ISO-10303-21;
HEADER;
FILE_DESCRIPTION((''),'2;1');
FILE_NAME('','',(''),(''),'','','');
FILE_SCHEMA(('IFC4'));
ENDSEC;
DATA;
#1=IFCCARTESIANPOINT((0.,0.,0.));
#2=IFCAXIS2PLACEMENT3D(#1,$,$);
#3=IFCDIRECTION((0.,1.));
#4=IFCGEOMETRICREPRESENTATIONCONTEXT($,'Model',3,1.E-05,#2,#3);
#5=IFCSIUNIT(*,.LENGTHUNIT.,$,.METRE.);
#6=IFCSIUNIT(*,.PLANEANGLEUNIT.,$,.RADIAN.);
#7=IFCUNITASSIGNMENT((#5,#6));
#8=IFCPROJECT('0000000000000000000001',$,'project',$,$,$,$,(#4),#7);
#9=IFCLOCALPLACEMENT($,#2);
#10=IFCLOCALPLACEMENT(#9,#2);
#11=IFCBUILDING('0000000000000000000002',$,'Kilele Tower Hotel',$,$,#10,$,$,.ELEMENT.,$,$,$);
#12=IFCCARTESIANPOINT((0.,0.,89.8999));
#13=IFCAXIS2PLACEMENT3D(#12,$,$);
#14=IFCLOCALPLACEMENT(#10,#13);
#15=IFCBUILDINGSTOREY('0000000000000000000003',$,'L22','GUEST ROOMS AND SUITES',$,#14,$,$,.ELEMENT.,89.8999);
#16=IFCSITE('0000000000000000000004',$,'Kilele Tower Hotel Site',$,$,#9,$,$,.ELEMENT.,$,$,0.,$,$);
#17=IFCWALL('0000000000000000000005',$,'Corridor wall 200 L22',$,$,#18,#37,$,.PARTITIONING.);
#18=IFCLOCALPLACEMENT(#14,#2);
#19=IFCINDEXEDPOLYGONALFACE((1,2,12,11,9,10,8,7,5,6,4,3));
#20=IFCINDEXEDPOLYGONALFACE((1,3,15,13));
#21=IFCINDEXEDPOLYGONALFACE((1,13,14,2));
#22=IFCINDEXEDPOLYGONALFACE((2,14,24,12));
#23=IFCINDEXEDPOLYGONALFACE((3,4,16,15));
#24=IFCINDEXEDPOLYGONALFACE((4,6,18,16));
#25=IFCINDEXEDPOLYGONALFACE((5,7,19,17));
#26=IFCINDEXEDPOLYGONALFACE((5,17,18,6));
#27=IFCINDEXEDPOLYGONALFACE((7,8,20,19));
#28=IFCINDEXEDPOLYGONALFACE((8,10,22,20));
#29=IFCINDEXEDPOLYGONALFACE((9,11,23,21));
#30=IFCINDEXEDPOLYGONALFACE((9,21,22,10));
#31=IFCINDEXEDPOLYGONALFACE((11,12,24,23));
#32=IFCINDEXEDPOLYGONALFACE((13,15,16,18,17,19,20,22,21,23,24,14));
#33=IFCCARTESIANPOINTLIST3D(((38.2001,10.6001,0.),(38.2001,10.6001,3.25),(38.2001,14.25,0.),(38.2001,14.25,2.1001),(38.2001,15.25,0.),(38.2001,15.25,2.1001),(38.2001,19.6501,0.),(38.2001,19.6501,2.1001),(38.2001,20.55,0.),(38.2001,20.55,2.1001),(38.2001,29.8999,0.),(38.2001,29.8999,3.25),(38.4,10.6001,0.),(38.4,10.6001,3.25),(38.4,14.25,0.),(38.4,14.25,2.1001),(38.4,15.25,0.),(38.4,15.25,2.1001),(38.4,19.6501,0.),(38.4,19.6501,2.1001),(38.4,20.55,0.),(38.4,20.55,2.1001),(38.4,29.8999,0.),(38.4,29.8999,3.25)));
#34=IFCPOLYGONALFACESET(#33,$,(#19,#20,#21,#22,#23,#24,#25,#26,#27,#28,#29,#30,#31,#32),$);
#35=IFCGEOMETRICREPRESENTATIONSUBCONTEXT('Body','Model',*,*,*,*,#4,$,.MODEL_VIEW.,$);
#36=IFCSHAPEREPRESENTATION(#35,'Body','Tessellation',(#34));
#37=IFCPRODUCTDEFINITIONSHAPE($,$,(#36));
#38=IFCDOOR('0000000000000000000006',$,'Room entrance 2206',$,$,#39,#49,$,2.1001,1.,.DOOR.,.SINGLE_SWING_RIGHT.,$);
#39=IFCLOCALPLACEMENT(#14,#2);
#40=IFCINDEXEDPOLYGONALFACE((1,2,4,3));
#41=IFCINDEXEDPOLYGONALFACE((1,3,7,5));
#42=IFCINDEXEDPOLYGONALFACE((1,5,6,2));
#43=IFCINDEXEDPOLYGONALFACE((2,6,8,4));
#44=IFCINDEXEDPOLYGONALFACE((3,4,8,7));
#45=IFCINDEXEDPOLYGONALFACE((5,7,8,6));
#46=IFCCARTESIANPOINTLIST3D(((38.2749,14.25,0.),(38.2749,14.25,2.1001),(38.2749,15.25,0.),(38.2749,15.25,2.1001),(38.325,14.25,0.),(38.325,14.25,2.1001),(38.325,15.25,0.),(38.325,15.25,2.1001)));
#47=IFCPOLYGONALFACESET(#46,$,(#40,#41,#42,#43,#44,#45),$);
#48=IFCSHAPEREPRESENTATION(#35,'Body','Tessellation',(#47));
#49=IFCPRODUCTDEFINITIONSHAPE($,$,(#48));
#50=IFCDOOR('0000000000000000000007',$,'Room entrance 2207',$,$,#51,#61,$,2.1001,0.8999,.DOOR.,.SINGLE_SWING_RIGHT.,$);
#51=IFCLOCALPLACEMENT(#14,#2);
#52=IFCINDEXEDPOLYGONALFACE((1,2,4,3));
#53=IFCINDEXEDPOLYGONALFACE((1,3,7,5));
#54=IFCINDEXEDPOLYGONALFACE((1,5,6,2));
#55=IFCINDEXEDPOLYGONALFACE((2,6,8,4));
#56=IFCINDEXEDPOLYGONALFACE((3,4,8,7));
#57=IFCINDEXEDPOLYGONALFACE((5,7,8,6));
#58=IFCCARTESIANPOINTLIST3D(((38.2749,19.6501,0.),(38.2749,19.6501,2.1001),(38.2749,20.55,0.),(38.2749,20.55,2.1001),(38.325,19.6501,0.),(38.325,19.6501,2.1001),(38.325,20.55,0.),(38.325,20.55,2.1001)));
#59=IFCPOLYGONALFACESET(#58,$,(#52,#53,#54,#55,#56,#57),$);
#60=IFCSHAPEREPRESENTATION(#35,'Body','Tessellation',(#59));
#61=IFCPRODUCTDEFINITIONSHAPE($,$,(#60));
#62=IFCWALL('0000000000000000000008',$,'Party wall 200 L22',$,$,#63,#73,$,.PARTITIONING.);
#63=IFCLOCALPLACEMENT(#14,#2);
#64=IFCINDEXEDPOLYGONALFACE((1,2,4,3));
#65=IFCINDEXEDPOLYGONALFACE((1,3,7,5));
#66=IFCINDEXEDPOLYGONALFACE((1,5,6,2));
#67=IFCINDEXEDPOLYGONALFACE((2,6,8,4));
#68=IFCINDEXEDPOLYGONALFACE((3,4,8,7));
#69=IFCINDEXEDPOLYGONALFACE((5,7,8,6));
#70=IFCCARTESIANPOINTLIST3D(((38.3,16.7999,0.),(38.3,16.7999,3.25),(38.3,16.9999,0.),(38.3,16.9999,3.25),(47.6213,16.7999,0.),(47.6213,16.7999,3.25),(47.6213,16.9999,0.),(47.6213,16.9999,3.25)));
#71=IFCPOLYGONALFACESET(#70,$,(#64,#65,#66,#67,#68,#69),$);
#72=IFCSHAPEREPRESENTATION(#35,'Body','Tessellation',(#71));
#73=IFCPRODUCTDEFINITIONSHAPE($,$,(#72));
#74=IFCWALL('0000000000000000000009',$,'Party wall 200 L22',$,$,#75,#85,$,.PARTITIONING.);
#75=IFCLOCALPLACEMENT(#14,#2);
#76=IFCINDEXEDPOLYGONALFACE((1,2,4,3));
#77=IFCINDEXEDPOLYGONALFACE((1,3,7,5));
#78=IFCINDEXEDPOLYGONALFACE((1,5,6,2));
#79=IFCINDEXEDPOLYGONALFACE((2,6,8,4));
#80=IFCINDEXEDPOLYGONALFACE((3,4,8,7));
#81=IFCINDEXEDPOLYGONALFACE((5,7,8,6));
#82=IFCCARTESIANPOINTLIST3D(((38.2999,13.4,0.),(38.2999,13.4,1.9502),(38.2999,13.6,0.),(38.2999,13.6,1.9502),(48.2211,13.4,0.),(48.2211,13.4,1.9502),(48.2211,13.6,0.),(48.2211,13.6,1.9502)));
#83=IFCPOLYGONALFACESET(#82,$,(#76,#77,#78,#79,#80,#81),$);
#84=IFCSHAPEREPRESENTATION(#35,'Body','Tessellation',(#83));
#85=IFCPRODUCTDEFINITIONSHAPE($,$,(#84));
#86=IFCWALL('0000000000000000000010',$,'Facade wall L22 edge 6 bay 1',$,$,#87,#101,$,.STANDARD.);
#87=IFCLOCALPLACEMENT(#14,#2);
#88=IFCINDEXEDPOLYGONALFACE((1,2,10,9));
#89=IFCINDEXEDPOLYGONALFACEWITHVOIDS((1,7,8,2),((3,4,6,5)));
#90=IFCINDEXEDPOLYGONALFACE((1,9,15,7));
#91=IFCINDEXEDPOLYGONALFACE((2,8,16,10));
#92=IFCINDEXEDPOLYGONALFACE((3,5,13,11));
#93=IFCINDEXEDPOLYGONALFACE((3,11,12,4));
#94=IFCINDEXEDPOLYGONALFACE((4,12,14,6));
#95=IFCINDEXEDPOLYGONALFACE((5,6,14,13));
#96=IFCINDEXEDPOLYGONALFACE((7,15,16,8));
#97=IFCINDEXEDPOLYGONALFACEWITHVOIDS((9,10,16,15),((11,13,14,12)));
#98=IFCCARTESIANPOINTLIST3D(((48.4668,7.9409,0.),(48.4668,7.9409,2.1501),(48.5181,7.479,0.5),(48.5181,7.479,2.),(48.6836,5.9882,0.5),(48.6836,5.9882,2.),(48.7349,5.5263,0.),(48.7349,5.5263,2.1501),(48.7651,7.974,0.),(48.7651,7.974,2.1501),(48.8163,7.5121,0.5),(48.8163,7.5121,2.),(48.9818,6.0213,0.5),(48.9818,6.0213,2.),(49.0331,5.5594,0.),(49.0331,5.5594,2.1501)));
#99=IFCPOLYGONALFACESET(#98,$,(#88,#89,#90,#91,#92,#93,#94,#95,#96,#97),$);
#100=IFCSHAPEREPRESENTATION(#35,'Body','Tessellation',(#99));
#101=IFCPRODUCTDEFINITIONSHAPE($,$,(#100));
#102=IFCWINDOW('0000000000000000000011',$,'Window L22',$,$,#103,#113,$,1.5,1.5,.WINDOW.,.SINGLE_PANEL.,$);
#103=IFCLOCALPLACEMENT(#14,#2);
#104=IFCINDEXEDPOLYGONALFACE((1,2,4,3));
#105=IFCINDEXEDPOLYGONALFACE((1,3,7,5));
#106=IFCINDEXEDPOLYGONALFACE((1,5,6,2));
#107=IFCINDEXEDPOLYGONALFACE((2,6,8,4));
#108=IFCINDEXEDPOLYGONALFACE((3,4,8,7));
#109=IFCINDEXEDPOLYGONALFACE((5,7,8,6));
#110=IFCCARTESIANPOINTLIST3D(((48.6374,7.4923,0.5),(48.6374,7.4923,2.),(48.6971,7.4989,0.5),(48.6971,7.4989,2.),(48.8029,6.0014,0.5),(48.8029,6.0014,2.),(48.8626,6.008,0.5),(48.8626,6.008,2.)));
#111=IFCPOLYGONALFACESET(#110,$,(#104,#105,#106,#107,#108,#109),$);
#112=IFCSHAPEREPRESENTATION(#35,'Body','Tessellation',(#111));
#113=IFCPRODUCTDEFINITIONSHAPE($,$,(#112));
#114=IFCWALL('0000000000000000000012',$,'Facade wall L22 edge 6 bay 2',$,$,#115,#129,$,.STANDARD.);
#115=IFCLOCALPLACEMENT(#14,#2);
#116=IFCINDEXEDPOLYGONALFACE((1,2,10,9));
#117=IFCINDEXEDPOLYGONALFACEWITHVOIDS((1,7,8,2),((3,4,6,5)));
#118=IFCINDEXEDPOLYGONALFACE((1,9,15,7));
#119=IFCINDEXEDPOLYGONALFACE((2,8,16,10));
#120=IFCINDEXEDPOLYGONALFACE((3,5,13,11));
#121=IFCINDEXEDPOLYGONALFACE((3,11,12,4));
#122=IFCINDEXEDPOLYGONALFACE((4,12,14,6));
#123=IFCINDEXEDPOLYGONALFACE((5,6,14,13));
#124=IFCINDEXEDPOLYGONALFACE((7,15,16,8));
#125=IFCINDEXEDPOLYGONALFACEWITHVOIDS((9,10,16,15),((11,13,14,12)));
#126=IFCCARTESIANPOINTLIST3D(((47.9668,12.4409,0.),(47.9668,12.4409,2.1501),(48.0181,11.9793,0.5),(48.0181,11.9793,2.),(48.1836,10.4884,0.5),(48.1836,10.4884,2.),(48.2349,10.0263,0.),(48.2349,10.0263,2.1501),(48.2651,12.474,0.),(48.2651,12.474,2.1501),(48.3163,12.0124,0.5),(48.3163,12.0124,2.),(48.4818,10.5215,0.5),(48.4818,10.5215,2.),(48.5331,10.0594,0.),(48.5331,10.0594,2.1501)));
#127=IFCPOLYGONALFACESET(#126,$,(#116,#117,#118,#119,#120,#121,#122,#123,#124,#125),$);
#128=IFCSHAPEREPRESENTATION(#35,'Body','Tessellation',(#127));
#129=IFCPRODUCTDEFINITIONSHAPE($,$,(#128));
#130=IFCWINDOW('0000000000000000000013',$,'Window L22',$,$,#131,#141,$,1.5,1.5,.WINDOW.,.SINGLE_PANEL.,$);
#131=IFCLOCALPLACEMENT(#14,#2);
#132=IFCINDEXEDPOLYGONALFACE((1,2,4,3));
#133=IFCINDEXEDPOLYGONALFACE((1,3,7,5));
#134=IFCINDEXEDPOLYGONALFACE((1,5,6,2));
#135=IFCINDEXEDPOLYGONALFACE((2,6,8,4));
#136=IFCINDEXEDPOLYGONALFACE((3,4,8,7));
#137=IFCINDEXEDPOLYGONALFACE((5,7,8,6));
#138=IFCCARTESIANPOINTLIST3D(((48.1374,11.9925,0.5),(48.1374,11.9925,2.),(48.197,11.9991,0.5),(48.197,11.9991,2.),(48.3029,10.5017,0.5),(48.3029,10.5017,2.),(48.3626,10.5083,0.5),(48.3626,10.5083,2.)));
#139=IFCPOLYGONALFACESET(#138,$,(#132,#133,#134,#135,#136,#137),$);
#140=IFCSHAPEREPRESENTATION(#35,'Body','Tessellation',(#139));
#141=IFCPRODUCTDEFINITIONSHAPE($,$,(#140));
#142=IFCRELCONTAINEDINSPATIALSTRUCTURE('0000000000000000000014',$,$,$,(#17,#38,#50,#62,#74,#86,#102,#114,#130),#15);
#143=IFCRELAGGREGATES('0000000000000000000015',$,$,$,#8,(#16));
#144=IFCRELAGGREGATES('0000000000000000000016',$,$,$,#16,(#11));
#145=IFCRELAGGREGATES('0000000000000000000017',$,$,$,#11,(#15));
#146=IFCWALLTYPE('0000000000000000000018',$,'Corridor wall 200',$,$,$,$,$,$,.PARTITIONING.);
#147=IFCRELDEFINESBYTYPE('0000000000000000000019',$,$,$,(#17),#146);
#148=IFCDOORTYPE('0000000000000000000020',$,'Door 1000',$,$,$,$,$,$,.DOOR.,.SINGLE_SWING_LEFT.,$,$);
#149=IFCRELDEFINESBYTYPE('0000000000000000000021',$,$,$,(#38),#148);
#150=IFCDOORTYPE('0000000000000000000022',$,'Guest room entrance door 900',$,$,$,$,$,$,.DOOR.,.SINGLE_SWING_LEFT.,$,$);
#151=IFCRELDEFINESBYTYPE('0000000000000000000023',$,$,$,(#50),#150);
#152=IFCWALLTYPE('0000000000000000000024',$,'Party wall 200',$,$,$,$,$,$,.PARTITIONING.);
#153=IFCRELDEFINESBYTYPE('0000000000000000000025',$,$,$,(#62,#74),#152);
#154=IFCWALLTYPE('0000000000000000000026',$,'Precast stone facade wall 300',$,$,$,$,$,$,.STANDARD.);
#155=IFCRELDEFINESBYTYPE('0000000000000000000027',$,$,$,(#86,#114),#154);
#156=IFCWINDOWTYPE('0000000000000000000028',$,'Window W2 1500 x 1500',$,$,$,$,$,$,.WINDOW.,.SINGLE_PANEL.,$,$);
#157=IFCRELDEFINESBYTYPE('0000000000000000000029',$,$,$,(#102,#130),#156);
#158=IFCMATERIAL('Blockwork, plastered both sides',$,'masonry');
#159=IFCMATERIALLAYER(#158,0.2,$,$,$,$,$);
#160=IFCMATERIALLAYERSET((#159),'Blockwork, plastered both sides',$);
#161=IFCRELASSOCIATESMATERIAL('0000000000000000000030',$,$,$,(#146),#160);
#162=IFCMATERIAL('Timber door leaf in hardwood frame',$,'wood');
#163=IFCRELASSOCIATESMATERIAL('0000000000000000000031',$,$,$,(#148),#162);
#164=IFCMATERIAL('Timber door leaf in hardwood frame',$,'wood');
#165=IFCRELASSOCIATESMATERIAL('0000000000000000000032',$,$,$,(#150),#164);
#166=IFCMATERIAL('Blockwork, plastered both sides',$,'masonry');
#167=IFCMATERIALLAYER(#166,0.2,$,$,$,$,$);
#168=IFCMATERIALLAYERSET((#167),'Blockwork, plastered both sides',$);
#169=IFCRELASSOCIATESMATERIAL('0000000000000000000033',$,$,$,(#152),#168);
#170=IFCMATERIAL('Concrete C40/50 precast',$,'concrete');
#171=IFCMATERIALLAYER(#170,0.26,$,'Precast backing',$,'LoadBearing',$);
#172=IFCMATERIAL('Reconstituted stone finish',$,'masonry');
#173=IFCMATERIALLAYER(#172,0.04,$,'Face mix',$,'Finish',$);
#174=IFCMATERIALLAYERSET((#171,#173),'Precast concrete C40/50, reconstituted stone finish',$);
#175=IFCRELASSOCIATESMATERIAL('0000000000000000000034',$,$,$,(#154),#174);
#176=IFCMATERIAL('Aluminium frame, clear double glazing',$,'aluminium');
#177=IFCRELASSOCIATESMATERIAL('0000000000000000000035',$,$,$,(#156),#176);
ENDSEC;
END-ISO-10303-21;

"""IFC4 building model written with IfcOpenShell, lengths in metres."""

from ifc_helpers import new_model, si_unit, direction, frame, frame_2d, origin, place, context, subcontext, project, spatial, rectangle, extrude, material, layer, layer_set, type_object, element, fill, save


model = new_model("IFC4")

# Units and contexts
model_context = context("Model", 3, precision=1e-05, world=origin(), true_north=direction((0.0, 1.0)))
body_context = subcontext(model_context, "Body", "Model", "MODEL_VIEW")
ifc_project = project(units=[si_unit("LENGTHUNIT", "METRE"), si_unit("PLANEANGLEUNIT", "RADIAN")], contexts=[model_context])

# Site, building, storey
site_placement = place(None, origin())
site = spatial("IfcSite", under=ifc_project, at=site_placement, Name="Kilele Tower Hotel Site", CompositionType="ELEMENT", RefElevation=0.0)
building_placement = place(site_placement, origin())
building = spatial("IfcBuilding", under=site, at=building_placement, Name="Kilele Tower Hotel", CompositionType="ELEMENT")
storey_placement = place(building_placement, frame((0.0, 0.0, 89.8999)))
storey = spatial("IfcBuildingStorey", under=building, at=storey_placement, Name="L22", Description="GUEST ROOMS AND SUITES", CompositionType="ELEMENT", Elevation=89.8999)

# Wall, openings, doors
ifc_material_1 = material(Name="Blockwork, plastered both sides", Category="masonry")
ifc_layer_1 = layer(ifc_material_1, 0.2)
ifc_layer_set_1 = layer_set([ifc_layer_1], Name="Blockwork, plastered both sides")
wall_type_1 = type_object("IfcWallType", Name="Corridor wall 200", PredefinedType="PARTITIONING", material=ifc_layer_set_1)
wall_1_placement = place(storey_placement, frame((38.3, 10.6001, 0.0), z_axis=(0.0, 0.0, 1.0), x_axis=(0.0, 1.0, 0.0)))
wall_1 = element("IfcWall", 1, at=wall_1_placement, inside=storey, type_object=wall_type_1, Name="Corridor wall 200 L22", PredefinedType="PARTITIONING", context=body_context, shape_type="SweptSolid", body=[
    extrude(rectangle(XDim=19.2998, YDim=0.2, at=frame_2d((9.6499, 0.0))), origin(), (0.0, 0.0, 1.0), 3.25),
])
opening_1_placement = place(wall_1_placement, frame((4.6499, 0.0, 0.0), z_axis=(0.0, 0.0, 1.0), x_axis=(-1.0, 0.0, 0.0)))
opening_1 = element("IfcOpeningElement", 2, at=opening_1_placement, cuts=wall_1, PredefinedType="OPENING", context=body_context, shape_type="SweptSolid", body=[
    extrude(rectangle(XDim=1.0, YDim=2.1001, at=frame_2d((0.5, 1.05))), frame((0.0, 0.1099, 0.0), z_axis=(0.0, -1.0, 0.0), x_axis=(1.0, 0.0, 0.0)), (0.0, 0.0, 1.0), 0.22),
])
opening_2_placement = place(wall_1_placement, frame((9.95, 0.0, 0.0), z_axis=(0.0, 0.0, 1.0), x_axis=(-1.0, 0.0, 0.0)))
opening_2 = element("IfcOpeningElement", 3, at=opening_2_placement, cuts=wall_1, PredefinedType="OPENING", context=body_context, shape_type="SweptSolid", body=[
    extrude(rectangle(XDim=0.8999, YDim=2.1001, at=frame_2d((0.45, 1.05))), frame((0.0, 0.1099, 0.0), z_axis=(0.0, -1.0, 0.0), x_axis=(1.0, 0.0, 0.0)), (0.0, 0.0, 1.0), 0.22),
])
ifc_material_2 = material(Name="Timber door leaf in hardwood frame", Category="wood")
door_type_1 = type_object("IfcDoorType", Name="Door 1000", OperationType="SINGLE_SWING_LEFT", PredefinedType="DOOR", material=ifc_material_2)
door_1_placement = place(opening_1_placement, origin())
door_1 = element("IfcDoor", 4, at=door_1_placement, inside=storey, type_object=door_type_1, Name="Room entrance 2206", OperationType="SINGLE_SWING_RIGHT", OverallHeight=2.1001, OverallWidth=1.0, PredefinedType="DOOR", context=body_context, shape_type="SweptSolid", body=[
    extrude(rectangle(XDim=1.0, YDim=2.1001, at=frame_2d((0.5, 1.05))), frame((0.0, 0.0249, 0.0), z_axis=(0.0, -1.0, 0.0), x_axis=(1.0, 0.0, 0.0)), (0.0, 0.0, 1.0), 0.05),
])
fill(opening_1, door_1)
ifc_material_3 = material(Name="Timber door leaf in hardwood frame", Category="wood")
door_type_2 = type_object("IfcDoorType", Name="Guest room entrance door 900", OperationType="SINGLE_SWING_LEFT", PredefinedType="DOOR", material=ifc_material_3)
door_2_placement = place(opening_2_placement, origin())
door_2 = element("IfcDoor", 5, at=door_2_placement, inside=storey, type_object=door_type_2, Name="Room entrance 2207", OperationType="SINGLE_SWING_RIGHT", OverallHeight=2.1001, OverallWidth=0.8999, PredefinedType="DOOR", context=body_context, shape_type="SweptSolid", body=[
    extrude(rectangle(XDim=0.8999, YDim=2.1001, at=frame_2d((0.45, 1.05))), frame((0.0, 0.0249, 0.0), z_axis=(0.0, -1.0, 0.0), x_axis=(1.0, 0.0, 0.0)), (0.0, 0.0, 1.0), 0.05),
])
fill(opening_2, door_2)

# Walls
ifc_material_4 = material(Name="Blockwork, plastered both sides", Category="masonry")
ifc_layer_2 = layer(ifc_material_4, 0.2)
ifc_layer_set_2 = layer_set([ifc_layer_2], Name="Blockwork, plastered both sides")
wall_type_2 = type_object("IfcWallType", Name="Party wall 200", PredefinedType="PARTITIONING", material=ifc_layer_set_2)
wall_2_placement = place(storey_placement, frame((38.3, 16.8999, 0.0), z_axis=(0.0, 0.0, 1.0), x_axis=(1.0, 0.0, 0.0)))
element("IfcWall", 6, at=wall_2_placement, inside=storey, type_object=wall_type_2, Name="Party wall 200 L22", PredefinedType="PARTITIONING", context=body_context, shape_type="SweptSolid", body=[
    extrude(rectangle(XDim=9.3213, YDim=0.2, at=frame_2d((4.6606, 0.0))), origin(), (0.0, 0.0, 1.0), 3.25),
])
wall_3_placement = place(storey_placement, frame((38.3, 13.5, 0.0), z_axis=(0.0, 0.0, 1.0), x_axis=(1.0, 0.0, 0.0)))
element("IfcWall", 7, at=wall_3_placement, inside=storey, type_object=wall_type_2, Name="Party wall 200 L22", PredefinedType="PARTITIONING", context=body_context, shape_type="SweptSolid", body=[
    extrude(rectangle(XDim=9.9211, YDim=0.2, at=frame_2d((4.9604, 0.0))), origin(), (0.0, 0.0, 1.0), 1.9502),
])

# Walls, openings, windows
ifc_material_5 = material(Name="Concrete C40/50 precast", Category="concrete")
ifc_layer_3 = layer(ifc_material_5, 0.26, Name="Precast backing", Category="LoadBearing")
ifc_material_6 = material(Name="Reconstituted stone finish", Category="masonry")
ifc_layer_4 = layer(ifc_material_6, 0.04, Name="Face mix", Category="Finish")
ifc_layer_set_3 = layer_set([ifc_layer_3, ifc_layer_4], Name="Precast concrete C40/50, reconstituted stone finish")
wall_type_3 = type_object("IfcWallType", Name="Precast stone facade wall 300", PredefinedType="STANDARD", material=ifc_layer_set_3)
wall_4_placement = place(storey_placement, frame((48.884, 5.5427, 0.0), z_axis=(0.0, 0.0, 1.0), x_axis=(-0.110343, 0.993894, 0.0)))
wall_4 = element("IfcWall", 8, at=wall_4_placement, inside=storey, type_object=wall_type_3, Name="Facade wall L22 edge 6 bay 1", PredefinedType="STANDARD", context=body_context, shape_type="SweptSolid", body=[
    extrude(rectangle(XDim=2.4294, YDim=0.3, at=frame_2d((1.2148, 0.0))), origin(), (0.0, 0.0, 1.0), 2.1501),
])
opening_3_placement = place(wall_4_placement, frame((0.4648, 0.0, 0.5)))
opening_3 = element("IfcOpeningElement", 9, at=opening_3_placement, cuts=wall_4, PredefinedType="OPENING", context=body_context, shape_type="SweptSolid", body=[
    extrude(rectangle(XDim=1.5, YDim=1.5, at=frame_2d((0.75, 0.75))), frame((0.0, 0.1599, 0.0), z_axis=(0.0, -1.0, 0.0), x_axis=(1.0, 0.0, 0.0)), (0.0, 0.0, 1.0), 0.3201),
])
ifc_material_7 = material(Name="Aluminium frame, clear double glazing", Category="aluminium")
window_type = type_object("IfcWindowType", Name="Window W2 1500 x 1500", PartitioningType="SINGLE_PANEL", PredefinedType="WINDOW", material=ifc_material_7)
window_1_placement = place(opening_3_placement, origin())
window_1 = element("IfcWindow", 10, at=window_1_placement, inside=storey, type_object=window_type, Name="Window L22", OverallHeight=1.5, OverallWidth=1.5, PartitioningType="SINGLE_PANEL", PredefinedType="WINDOW", context=body_context, shape_type="SweptSolid", body=[
    extrude(rectangle(XDim=1.5, YDim=1.5, at=frame_2d((0.75, 0.75))), frame((0.0, 0.03, 0.0), z_axis=(0.0, -1.0, 0.0), x_axis=(1.0, 0.0, 0.0)), (0.0, 0.0, 1.0), 0.0601),
])
fill(opening_3, window_1)
wall_5_placement = place(storey_placement, frame((48.384, 10.0427, 0.0), z_axis=(0.0, 0.0, 1.0), x_axis=(-0.110343, 0.993894, 0.0)))
wall_5 = element("IfcWall", 11, at=wall_5_placement, inside=storey, type_object=wall_type_3, Name="Facade wall L22 edge 6 bay 2", PredefinedType="STANDARD", context=body_context, shape_type="SweptSolid", body=[
    extrude(rectangle(XDim=2.4294, YDim=0.3, at=frame_2d((1.2148, 0.0))), origin(), (0.0, 0.0, 1.0), 2.1501),
])
opening_4_placement = place(wall_5_placement, frame((0.4651, 0.0, 0.5)))
opening_4 = element("IfcOpeningElement", 12, at=opening_4_placement, cuts=wall_5, PredefinedType="OPENING", context=body_context, shape_type="SweptSolid", body=[
    extrude(rectangle(XDim=1.5, YDim=1.5, at=frame_2d((0.75, 0.75))), frame((0.0, 0.1599, 0.0), z_axis=(0.0, -1.0, 0.0), x_axis=(1.0, 0.0, 0.0)), (0.0, 0.0, 1.0), 0.3201),
])
window_2_placement = place(opening_4_placement, origin())
window_2 = element("IfcWindow", 13, at=window_2_placement, inside=storey, type_object=window_type, Name="Window L22", OverallHeight=1.5, OverallWidth=1.5, PartitioningType="SINGLE_PANEL", PredefinedType="WINDOW", context=body_context, shape_type="SweptSolid", body=[
    extrude(rectangle(XDim=1.5, YDim=1.5, at=frame_2d((0.75, 0.75))), frame((0.0, 0.03, 0.0), z_axis=(0.0, -1.0, 0.0), x_axis=(1.0, 0.0, 0.0)), (0.0, 0.0, 1.0), 0.0601),
])
fill(opening_4, window_2)

save(model, "model.ifc")
